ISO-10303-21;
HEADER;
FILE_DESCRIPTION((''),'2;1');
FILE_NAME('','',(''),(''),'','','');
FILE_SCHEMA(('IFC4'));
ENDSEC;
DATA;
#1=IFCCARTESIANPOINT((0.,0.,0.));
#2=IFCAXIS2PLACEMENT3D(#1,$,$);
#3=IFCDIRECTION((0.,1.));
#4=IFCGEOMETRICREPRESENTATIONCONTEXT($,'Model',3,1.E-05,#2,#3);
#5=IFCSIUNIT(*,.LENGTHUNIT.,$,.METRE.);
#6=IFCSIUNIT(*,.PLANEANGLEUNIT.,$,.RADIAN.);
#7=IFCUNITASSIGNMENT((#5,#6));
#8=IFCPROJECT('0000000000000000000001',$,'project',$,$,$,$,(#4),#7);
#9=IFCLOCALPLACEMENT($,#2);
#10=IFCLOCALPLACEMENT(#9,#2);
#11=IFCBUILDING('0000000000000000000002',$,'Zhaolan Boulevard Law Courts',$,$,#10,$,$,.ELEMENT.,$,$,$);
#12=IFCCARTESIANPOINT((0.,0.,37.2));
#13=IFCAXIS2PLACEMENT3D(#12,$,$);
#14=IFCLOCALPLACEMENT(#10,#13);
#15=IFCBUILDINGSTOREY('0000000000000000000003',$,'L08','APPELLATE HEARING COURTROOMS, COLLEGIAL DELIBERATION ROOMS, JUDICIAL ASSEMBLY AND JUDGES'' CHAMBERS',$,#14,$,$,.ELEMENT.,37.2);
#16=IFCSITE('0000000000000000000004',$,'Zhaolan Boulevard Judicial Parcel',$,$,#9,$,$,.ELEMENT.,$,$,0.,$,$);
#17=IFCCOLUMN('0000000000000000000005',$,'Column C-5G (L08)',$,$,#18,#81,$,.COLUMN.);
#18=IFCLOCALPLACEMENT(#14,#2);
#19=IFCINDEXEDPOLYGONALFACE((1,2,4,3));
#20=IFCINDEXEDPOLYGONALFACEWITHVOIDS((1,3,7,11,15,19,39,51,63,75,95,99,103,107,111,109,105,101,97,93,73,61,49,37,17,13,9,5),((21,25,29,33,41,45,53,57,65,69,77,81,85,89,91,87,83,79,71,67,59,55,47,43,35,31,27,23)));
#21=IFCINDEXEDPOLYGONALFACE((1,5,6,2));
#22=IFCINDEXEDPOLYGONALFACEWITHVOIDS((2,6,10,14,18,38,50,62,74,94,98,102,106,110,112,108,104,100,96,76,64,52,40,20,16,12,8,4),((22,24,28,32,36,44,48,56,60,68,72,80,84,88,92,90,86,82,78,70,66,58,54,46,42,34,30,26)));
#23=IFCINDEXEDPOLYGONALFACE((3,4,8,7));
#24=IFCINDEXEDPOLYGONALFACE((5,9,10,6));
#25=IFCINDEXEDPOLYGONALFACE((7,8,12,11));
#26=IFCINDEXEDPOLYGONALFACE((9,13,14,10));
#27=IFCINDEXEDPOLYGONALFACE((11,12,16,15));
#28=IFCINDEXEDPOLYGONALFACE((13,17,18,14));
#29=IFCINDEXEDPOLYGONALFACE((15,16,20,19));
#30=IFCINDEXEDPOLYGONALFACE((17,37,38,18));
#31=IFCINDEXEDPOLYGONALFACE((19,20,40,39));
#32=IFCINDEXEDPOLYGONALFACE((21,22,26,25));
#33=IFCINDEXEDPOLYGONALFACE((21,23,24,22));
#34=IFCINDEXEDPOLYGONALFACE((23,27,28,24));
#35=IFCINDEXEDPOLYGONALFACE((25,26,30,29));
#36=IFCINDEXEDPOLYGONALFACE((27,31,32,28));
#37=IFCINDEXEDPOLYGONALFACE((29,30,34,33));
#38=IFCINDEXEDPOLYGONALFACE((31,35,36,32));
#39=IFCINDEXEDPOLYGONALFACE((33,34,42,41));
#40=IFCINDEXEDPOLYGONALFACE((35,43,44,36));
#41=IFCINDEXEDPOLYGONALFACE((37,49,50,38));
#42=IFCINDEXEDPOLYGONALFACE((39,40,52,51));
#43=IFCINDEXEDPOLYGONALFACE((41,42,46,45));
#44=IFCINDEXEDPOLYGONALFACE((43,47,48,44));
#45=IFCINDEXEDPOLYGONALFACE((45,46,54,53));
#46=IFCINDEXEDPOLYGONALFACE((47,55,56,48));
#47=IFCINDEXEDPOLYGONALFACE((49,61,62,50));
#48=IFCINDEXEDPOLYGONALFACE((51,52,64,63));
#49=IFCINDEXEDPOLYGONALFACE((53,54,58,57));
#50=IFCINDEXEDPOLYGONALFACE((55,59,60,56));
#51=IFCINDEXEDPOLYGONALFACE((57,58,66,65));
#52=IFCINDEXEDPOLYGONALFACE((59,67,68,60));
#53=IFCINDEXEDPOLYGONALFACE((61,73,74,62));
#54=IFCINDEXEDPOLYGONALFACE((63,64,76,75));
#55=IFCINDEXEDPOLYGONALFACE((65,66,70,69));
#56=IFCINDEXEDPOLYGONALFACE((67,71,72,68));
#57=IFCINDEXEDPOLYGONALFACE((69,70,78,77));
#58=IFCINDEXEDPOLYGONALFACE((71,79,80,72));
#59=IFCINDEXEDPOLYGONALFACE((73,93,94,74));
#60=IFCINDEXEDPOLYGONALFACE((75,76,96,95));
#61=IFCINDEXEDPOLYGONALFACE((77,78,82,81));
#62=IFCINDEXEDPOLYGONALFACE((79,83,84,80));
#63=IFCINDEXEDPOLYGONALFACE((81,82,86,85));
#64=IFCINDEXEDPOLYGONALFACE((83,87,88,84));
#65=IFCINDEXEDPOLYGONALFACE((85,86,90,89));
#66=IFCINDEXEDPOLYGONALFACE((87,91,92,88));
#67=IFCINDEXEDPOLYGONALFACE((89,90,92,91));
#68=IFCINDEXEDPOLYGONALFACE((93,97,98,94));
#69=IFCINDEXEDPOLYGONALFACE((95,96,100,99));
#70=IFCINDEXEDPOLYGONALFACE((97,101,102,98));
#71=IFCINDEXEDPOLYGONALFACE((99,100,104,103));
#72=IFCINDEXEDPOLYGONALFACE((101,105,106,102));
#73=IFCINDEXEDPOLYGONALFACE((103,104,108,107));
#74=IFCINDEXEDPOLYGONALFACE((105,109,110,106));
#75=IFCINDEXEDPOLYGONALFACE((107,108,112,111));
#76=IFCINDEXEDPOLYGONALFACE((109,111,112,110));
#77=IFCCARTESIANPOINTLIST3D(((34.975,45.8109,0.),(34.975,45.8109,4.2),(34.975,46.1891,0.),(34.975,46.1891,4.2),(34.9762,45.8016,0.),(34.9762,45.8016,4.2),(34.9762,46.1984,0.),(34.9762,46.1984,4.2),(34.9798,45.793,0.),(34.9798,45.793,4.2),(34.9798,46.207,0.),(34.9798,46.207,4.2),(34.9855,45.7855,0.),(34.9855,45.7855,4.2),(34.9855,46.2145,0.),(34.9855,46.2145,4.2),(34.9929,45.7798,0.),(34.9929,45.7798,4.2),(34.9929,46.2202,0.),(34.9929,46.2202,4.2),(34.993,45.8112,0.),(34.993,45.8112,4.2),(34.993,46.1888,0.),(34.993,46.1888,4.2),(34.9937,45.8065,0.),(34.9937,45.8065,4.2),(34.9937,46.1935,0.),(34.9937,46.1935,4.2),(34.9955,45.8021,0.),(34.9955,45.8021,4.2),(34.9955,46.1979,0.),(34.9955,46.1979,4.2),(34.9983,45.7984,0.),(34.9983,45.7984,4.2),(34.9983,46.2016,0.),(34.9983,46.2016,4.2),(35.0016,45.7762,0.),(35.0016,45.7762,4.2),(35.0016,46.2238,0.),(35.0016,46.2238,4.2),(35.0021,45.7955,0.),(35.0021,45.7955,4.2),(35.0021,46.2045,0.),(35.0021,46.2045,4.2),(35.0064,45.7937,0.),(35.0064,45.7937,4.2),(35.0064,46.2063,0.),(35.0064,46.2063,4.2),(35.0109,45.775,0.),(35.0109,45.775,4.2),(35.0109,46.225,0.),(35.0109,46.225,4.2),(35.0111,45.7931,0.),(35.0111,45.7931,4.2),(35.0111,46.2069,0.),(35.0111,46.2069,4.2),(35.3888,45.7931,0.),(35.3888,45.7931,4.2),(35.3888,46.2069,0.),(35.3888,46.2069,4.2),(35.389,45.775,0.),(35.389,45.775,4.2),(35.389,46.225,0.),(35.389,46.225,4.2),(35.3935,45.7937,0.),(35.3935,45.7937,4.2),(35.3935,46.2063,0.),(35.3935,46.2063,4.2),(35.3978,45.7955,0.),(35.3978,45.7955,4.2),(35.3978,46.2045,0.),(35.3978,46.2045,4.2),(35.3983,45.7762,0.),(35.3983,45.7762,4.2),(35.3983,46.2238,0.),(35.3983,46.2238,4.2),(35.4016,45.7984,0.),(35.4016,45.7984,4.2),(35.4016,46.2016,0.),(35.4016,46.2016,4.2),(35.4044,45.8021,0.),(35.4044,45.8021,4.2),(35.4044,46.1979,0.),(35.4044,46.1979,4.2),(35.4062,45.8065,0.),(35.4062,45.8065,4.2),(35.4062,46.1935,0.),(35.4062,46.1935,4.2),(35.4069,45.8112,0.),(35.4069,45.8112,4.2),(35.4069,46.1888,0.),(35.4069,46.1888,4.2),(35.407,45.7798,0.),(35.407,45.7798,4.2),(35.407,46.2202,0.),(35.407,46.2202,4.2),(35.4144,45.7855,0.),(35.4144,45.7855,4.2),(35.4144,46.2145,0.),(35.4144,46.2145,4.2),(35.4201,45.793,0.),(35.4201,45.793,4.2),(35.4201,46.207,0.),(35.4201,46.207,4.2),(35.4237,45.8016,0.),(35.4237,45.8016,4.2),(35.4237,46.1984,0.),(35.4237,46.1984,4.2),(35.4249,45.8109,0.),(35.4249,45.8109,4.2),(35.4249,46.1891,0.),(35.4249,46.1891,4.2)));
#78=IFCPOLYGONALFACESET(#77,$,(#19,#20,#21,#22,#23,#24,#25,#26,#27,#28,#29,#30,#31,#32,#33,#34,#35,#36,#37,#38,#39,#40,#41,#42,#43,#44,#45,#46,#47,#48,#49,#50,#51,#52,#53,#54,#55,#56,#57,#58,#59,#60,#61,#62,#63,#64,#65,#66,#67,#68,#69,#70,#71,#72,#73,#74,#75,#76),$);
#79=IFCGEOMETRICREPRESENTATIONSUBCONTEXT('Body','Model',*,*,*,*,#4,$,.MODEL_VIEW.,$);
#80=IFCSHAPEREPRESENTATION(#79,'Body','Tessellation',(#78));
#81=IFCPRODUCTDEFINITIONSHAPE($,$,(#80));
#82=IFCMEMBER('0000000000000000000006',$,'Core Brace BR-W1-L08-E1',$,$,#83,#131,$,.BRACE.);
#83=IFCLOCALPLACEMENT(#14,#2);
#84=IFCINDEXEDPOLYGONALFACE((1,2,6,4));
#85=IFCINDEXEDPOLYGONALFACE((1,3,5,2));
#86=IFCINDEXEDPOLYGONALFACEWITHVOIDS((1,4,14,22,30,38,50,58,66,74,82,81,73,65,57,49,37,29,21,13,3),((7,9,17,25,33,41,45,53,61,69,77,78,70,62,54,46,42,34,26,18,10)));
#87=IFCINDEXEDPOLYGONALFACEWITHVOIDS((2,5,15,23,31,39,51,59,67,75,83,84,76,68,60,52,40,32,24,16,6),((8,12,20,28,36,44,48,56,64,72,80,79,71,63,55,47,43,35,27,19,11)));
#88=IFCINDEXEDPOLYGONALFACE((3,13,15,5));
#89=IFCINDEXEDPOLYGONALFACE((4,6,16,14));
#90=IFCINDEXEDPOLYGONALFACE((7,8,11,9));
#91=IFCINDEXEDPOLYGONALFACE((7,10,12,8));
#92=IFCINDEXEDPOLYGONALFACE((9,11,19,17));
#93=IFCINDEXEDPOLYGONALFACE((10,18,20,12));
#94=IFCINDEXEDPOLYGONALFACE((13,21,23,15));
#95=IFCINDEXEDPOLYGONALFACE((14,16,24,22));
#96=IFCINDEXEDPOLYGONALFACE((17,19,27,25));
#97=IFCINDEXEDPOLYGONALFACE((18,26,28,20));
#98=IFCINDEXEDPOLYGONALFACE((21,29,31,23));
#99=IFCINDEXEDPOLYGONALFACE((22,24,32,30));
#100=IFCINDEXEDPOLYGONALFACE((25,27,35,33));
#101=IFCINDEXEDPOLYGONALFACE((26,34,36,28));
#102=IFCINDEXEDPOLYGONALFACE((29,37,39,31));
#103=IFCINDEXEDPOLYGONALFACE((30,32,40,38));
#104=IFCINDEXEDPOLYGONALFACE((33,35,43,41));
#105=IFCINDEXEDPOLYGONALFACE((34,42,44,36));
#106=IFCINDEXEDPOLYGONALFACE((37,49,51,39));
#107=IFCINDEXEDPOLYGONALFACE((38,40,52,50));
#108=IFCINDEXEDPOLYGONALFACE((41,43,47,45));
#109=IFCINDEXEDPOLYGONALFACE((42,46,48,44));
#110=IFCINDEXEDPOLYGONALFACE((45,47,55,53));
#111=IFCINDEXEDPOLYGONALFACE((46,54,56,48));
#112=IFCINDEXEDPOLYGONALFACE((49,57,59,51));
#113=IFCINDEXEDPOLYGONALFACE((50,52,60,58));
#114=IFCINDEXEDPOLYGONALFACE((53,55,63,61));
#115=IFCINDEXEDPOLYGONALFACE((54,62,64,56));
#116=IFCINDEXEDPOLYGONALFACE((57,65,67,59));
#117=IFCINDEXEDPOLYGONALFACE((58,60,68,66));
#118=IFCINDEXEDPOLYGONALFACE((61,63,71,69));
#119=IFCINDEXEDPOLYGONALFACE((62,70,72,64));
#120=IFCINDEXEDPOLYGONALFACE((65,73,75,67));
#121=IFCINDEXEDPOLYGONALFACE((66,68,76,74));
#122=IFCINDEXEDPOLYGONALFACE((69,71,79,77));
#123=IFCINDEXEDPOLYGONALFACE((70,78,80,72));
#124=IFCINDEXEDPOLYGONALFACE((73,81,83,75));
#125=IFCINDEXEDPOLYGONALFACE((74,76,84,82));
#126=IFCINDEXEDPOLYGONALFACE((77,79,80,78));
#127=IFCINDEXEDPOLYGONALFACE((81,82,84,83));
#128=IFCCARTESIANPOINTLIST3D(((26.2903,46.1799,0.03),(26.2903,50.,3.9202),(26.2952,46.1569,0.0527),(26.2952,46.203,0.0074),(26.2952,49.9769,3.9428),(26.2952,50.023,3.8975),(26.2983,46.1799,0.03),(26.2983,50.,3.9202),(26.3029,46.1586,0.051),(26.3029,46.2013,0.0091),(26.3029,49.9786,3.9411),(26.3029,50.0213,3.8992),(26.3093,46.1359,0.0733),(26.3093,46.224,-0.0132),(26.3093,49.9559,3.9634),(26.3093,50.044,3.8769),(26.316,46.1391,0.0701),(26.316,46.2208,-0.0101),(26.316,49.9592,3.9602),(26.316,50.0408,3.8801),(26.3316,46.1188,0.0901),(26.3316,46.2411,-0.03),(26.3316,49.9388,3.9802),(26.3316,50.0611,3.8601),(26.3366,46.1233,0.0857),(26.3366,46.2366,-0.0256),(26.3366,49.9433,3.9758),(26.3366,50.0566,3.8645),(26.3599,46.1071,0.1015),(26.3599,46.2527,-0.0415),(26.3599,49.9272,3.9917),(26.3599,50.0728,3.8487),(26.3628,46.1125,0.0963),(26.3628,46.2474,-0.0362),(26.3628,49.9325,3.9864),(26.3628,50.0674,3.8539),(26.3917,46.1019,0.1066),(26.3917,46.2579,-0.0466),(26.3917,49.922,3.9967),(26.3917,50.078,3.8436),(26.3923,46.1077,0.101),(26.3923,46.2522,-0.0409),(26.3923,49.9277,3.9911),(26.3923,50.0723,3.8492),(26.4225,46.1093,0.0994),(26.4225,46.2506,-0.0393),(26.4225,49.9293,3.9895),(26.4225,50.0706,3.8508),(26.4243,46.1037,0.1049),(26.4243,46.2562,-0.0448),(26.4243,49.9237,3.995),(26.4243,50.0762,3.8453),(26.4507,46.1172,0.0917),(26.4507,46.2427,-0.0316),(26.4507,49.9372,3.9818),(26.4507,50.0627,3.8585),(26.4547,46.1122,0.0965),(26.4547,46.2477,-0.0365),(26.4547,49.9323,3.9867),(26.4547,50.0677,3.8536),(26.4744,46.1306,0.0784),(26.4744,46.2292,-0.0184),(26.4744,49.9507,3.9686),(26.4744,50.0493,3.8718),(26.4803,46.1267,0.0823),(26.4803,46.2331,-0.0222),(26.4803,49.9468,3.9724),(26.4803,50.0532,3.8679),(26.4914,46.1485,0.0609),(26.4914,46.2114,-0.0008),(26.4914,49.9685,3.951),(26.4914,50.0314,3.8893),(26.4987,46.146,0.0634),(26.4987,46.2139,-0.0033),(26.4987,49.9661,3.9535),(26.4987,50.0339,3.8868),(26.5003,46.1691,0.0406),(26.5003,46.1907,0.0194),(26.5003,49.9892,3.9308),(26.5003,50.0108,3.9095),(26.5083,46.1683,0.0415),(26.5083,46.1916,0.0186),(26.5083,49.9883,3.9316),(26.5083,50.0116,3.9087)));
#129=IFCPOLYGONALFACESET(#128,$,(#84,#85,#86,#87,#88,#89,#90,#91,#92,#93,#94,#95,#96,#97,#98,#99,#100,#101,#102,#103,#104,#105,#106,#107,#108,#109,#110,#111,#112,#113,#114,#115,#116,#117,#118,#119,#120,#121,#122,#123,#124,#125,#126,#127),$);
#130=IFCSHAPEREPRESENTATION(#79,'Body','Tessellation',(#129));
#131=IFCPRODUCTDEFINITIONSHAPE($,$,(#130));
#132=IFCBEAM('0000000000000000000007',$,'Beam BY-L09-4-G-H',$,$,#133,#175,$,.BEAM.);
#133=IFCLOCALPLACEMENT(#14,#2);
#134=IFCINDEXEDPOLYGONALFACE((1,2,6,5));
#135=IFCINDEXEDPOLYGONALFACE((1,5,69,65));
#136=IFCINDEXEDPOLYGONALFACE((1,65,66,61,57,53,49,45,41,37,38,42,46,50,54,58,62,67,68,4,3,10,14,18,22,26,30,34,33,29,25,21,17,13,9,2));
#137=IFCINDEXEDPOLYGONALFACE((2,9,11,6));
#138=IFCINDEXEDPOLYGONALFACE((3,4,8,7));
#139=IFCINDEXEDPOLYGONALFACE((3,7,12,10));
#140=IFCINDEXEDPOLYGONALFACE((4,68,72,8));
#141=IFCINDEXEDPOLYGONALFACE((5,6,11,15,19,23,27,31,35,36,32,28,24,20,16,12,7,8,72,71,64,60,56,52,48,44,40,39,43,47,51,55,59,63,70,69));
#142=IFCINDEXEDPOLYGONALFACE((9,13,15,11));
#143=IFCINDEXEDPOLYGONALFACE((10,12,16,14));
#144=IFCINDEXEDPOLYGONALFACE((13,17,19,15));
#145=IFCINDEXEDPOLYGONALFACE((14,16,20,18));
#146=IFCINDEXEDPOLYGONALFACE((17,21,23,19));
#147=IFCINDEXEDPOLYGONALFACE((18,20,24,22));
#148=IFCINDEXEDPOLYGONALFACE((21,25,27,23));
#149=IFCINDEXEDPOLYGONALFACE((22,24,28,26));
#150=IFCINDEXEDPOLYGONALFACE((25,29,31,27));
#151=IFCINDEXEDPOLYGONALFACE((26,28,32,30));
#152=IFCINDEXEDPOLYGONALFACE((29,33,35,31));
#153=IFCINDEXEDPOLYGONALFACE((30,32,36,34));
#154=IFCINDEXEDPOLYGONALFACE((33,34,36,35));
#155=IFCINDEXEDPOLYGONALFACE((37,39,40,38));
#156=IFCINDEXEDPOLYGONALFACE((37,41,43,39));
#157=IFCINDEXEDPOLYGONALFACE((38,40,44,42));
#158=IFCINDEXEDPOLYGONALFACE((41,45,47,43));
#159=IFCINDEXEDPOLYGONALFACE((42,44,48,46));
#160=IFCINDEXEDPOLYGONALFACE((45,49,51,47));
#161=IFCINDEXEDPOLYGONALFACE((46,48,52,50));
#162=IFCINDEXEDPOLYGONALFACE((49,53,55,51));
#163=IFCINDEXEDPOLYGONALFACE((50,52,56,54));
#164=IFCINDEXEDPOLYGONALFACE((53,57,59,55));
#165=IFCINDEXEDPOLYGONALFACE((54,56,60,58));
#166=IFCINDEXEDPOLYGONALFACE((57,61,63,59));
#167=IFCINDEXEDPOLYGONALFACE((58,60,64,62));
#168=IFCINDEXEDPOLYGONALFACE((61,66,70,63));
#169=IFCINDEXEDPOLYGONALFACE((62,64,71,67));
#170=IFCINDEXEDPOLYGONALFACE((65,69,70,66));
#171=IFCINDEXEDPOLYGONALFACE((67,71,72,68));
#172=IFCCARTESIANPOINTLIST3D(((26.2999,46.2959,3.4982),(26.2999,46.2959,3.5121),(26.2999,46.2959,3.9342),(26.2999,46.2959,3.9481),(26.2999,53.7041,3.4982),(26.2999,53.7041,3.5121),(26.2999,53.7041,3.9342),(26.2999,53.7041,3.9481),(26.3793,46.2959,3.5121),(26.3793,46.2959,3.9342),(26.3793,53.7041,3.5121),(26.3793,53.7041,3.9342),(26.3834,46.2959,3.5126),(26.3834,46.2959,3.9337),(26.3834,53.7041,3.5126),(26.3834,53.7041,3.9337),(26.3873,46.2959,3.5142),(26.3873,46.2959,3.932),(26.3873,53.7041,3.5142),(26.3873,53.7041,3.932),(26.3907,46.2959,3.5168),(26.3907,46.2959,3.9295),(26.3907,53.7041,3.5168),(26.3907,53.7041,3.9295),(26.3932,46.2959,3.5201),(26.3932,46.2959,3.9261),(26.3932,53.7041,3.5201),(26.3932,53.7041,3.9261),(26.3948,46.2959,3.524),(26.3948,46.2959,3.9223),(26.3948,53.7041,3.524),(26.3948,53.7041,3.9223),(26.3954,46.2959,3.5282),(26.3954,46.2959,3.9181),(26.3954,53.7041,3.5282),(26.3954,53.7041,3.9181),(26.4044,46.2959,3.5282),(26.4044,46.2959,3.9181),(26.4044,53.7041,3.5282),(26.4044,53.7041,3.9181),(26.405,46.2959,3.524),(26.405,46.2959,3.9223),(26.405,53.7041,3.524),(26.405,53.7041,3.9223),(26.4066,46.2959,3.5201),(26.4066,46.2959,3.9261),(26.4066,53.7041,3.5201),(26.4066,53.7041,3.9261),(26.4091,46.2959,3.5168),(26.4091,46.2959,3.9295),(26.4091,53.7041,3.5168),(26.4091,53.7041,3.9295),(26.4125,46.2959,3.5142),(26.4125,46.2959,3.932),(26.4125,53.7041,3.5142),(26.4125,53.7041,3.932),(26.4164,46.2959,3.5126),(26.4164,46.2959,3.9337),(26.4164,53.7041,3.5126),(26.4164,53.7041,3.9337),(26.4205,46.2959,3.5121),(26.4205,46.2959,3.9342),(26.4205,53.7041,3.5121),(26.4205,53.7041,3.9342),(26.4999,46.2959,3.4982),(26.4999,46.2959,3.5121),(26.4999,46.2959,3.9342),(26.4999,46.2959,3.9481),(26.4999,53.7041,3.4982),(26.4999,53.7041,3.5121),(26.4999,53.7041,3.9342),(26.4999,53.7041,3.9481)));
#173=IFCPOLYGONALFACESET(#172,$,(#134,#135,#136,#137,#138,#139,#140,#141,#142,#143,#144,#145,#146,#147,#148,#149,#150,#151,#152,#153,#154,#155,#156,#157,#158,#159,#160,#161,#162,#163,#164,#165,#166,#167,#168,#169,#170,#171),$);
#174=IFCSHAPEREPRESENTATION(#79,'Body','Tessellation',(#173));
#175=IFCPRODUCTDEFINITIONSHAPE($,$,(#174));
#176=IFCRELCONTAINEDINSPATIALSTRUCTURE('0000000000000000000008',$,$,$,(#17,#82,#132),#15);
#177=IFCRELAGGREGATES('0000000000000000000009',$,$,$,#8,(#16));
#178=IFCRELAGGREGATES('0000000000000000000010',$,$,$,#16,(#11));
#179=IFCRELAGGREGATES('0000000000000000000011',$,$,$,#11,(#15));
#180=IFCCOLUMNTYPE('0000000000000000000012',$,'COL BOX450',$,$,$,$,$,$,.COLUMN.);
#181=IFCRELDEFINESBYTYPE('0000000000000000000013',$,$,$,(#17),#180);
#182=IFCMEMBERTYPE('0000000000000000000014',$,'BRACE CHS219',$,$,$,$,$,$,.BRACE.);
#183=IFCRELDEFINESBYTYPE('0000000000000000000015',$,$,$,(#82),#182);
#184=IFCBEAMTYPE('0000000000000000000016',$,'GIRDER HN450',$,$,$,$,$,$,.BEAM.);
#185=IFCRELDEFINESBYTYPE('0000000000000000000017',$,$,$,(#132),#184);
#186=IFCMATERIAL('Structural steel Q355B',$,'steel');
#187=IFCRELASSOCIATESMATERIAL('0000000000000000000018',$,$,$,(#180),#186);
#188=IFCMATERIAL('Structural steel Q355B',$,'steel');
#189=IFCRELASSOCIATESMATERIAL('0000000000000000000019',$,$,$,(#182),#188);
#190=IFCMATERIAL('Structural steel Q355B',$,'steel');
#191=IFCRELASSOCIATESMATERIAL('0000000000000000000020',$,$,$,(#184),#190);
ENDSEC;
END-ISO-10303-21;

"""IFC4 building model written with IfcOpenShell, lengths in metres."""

from ifc_helpers import new_model, si_unit, direction, frame, origin, origin_2d, place, context, subcontext, project, spatial, hollow_rectangle, hollow_circle, i_section, extrude, material, material_profile, profile_set, type_object, element, save


model = new_model("IFC4")

# Units and contexts
model_context = context("Model", 3, precision=1e-05, world=origin(), true_north=direction((0.0, 1.0)))
body_context = subcontext(model_context, "Body", "Model", "MODEL_VIEW")
ifc_project = project(units=[si_unit("LENGTHUNIT", "METRE"), si_unit("PLANEANGLEUNIT", "RADIAN")], contexts=[model_context])

# Site, building, storey
site_placement = place(None, origin())
site = spatial("IfcSite", under=ifc_project, at=site_placement, Name="Zhaolan Boulevard Judicial Parcel", CompositionType="ELEMENT", RefElevation=0.0)
building_placement = place(site_placement, origin())
building = spatial("IfcBuilding", under=site, at=building_placement, Name="Zhaolan Boulevard Law Courts", CompositionType="ELEMENT")
storey_placement = place(building_placement, frame((0.0, 0.0, 37.2)))
storey = spatial("IfcBuildingStorey", under=building, at=storey_placement, Name="L08", Description="APPELLATE HEARING COURTROOMS, COLLEGIAL DELIBERATION ROOMS, JUDICIAL ASSEMBLY AND JUDGES' CHAMBERS", CompositionType="ELEMENT", Elevation=37.2)

# Column
ifc_material_1 = material(Name="Structural steel Q355B", Category="steel")
ifc_material_profile_1 = material_profile(ifc_material_1, hollow_rectangle(XDim=0.45, YDim=0.45, WallThickness=0.0181, InnerFilletRadius=0.0181, OuterFilletRadius=0.0359, at=origin_2d()), Name="BOX450x450x18")
ifc_profile_set_1 = profile_set([ifc_material_profile_1], Name="Structural steel Q355B")
column_type = type_object("IfcColumnType", Name="COL BOX450", PredefinedType="COLUMN", material=ifc_profile_set_1)
column_placement = place(storey_placement, frame((35.2, 46.0, 0.0), z_axis=(0.0, 0.0, 1.0), x_axis=(1.0, 0.0, 0.0)))
element("IfcColumn", 1, at=column_placement, inside=storey, type_object=column_type, Name="Column C-5G (L08)", PredefinedType="COLUMN", context=body_context, shape_type="SweptSolid", body=[
    extrude(hollow_rectangle(XDim=0.45, YDim=0.45, WallThickness=0.0181, InnerFilletRadius=0.0181, OuterFilletRadius=0.0359, at=origin_2d()), origin(), (0.0, 0.0, 1.0), 4.2),
])

# Member
ifc_material_2 = material(Name="Structural steel Q355B", Category="steel")
ifc_material_profile_2 = material_profile(ifc_material_2, hollow_circle(Radius=0.1096, WallThickness=0.0081, at=origin_2d()), Name="CHS219x8")
ifc_profile_set_2 = profile_set([ifc_material_profile_2], Name="Structural steel Q355B")
member_type = type_object("IfcMemberType", Name="BRACE CHS219", PredefinedType="BRACE", material=ifc_profile_set_2)
member_placement = place(storey_placement, frame((26.3999, 46.1799, 0.03), z_axis=(0.0, 0.700652, 0.713503), x_axis=(-1.0, 0.0, 0.0)))
element("IfcMember", 2, at=member_placement, inside=storey, type_object=member_type, Name="Core Brace BR-W1-L08-E1", PredefinedType="BRACE", context=body_context, shape_type="SweptSolid", body=[
    extrude(hollow_circle(Radius=0.1096, WallThickness=0.0081, at=origin_2d()), origin(), (0.0, 0.0, 1.0), 5.4521),
])

# Beam
ifc_material_3 = material(Name="Structural steel Q355B", Category="steel")
ifc_material_profile_3 = material_profile(ifc_material_3, i_section(OverallWidth=0.2, OverallDepth=0.45, WebThickness=0.009, FlangeThickness=0.0139, FilletRadius=0.0161, at=origin_2d()), Name="HN450x200")
ifc_profile_set_3 = profile_set([ifc_material_profile_3], Name="Structural steel Q355B")
beam_type_1 = type_object("IfcBeamType", Name="GIRDER HN450", PredefinedType="BEAM", material=ifc_profile_set_3)
beam_1_placement = place(storey_placement, frame((26.3999, 46.2959, 3.7231), z_axis=(0.0, 1.0, 0.0), x_axis=(-1.0, 0.0, 0.0)))
element("IfcBeam", 3, at=beam_1_placement, inside=storey, type_object=beam_type_1, Name="Beam BY-L09-4-G-H", PredefinedType="BEAM", context=body_context, shape_type="SweptSolid", body=[
    extrude(i_section(OverallWidth=0.2, OverallDepth=0.45, WebThickness=0.009, FlangeThickness=0.0139, FilletRadius=0.0161, at=origin_2d()), origin(), (0.0, 0.0, 1.0), 7.4082),
])

save(model, "model.ifc")
